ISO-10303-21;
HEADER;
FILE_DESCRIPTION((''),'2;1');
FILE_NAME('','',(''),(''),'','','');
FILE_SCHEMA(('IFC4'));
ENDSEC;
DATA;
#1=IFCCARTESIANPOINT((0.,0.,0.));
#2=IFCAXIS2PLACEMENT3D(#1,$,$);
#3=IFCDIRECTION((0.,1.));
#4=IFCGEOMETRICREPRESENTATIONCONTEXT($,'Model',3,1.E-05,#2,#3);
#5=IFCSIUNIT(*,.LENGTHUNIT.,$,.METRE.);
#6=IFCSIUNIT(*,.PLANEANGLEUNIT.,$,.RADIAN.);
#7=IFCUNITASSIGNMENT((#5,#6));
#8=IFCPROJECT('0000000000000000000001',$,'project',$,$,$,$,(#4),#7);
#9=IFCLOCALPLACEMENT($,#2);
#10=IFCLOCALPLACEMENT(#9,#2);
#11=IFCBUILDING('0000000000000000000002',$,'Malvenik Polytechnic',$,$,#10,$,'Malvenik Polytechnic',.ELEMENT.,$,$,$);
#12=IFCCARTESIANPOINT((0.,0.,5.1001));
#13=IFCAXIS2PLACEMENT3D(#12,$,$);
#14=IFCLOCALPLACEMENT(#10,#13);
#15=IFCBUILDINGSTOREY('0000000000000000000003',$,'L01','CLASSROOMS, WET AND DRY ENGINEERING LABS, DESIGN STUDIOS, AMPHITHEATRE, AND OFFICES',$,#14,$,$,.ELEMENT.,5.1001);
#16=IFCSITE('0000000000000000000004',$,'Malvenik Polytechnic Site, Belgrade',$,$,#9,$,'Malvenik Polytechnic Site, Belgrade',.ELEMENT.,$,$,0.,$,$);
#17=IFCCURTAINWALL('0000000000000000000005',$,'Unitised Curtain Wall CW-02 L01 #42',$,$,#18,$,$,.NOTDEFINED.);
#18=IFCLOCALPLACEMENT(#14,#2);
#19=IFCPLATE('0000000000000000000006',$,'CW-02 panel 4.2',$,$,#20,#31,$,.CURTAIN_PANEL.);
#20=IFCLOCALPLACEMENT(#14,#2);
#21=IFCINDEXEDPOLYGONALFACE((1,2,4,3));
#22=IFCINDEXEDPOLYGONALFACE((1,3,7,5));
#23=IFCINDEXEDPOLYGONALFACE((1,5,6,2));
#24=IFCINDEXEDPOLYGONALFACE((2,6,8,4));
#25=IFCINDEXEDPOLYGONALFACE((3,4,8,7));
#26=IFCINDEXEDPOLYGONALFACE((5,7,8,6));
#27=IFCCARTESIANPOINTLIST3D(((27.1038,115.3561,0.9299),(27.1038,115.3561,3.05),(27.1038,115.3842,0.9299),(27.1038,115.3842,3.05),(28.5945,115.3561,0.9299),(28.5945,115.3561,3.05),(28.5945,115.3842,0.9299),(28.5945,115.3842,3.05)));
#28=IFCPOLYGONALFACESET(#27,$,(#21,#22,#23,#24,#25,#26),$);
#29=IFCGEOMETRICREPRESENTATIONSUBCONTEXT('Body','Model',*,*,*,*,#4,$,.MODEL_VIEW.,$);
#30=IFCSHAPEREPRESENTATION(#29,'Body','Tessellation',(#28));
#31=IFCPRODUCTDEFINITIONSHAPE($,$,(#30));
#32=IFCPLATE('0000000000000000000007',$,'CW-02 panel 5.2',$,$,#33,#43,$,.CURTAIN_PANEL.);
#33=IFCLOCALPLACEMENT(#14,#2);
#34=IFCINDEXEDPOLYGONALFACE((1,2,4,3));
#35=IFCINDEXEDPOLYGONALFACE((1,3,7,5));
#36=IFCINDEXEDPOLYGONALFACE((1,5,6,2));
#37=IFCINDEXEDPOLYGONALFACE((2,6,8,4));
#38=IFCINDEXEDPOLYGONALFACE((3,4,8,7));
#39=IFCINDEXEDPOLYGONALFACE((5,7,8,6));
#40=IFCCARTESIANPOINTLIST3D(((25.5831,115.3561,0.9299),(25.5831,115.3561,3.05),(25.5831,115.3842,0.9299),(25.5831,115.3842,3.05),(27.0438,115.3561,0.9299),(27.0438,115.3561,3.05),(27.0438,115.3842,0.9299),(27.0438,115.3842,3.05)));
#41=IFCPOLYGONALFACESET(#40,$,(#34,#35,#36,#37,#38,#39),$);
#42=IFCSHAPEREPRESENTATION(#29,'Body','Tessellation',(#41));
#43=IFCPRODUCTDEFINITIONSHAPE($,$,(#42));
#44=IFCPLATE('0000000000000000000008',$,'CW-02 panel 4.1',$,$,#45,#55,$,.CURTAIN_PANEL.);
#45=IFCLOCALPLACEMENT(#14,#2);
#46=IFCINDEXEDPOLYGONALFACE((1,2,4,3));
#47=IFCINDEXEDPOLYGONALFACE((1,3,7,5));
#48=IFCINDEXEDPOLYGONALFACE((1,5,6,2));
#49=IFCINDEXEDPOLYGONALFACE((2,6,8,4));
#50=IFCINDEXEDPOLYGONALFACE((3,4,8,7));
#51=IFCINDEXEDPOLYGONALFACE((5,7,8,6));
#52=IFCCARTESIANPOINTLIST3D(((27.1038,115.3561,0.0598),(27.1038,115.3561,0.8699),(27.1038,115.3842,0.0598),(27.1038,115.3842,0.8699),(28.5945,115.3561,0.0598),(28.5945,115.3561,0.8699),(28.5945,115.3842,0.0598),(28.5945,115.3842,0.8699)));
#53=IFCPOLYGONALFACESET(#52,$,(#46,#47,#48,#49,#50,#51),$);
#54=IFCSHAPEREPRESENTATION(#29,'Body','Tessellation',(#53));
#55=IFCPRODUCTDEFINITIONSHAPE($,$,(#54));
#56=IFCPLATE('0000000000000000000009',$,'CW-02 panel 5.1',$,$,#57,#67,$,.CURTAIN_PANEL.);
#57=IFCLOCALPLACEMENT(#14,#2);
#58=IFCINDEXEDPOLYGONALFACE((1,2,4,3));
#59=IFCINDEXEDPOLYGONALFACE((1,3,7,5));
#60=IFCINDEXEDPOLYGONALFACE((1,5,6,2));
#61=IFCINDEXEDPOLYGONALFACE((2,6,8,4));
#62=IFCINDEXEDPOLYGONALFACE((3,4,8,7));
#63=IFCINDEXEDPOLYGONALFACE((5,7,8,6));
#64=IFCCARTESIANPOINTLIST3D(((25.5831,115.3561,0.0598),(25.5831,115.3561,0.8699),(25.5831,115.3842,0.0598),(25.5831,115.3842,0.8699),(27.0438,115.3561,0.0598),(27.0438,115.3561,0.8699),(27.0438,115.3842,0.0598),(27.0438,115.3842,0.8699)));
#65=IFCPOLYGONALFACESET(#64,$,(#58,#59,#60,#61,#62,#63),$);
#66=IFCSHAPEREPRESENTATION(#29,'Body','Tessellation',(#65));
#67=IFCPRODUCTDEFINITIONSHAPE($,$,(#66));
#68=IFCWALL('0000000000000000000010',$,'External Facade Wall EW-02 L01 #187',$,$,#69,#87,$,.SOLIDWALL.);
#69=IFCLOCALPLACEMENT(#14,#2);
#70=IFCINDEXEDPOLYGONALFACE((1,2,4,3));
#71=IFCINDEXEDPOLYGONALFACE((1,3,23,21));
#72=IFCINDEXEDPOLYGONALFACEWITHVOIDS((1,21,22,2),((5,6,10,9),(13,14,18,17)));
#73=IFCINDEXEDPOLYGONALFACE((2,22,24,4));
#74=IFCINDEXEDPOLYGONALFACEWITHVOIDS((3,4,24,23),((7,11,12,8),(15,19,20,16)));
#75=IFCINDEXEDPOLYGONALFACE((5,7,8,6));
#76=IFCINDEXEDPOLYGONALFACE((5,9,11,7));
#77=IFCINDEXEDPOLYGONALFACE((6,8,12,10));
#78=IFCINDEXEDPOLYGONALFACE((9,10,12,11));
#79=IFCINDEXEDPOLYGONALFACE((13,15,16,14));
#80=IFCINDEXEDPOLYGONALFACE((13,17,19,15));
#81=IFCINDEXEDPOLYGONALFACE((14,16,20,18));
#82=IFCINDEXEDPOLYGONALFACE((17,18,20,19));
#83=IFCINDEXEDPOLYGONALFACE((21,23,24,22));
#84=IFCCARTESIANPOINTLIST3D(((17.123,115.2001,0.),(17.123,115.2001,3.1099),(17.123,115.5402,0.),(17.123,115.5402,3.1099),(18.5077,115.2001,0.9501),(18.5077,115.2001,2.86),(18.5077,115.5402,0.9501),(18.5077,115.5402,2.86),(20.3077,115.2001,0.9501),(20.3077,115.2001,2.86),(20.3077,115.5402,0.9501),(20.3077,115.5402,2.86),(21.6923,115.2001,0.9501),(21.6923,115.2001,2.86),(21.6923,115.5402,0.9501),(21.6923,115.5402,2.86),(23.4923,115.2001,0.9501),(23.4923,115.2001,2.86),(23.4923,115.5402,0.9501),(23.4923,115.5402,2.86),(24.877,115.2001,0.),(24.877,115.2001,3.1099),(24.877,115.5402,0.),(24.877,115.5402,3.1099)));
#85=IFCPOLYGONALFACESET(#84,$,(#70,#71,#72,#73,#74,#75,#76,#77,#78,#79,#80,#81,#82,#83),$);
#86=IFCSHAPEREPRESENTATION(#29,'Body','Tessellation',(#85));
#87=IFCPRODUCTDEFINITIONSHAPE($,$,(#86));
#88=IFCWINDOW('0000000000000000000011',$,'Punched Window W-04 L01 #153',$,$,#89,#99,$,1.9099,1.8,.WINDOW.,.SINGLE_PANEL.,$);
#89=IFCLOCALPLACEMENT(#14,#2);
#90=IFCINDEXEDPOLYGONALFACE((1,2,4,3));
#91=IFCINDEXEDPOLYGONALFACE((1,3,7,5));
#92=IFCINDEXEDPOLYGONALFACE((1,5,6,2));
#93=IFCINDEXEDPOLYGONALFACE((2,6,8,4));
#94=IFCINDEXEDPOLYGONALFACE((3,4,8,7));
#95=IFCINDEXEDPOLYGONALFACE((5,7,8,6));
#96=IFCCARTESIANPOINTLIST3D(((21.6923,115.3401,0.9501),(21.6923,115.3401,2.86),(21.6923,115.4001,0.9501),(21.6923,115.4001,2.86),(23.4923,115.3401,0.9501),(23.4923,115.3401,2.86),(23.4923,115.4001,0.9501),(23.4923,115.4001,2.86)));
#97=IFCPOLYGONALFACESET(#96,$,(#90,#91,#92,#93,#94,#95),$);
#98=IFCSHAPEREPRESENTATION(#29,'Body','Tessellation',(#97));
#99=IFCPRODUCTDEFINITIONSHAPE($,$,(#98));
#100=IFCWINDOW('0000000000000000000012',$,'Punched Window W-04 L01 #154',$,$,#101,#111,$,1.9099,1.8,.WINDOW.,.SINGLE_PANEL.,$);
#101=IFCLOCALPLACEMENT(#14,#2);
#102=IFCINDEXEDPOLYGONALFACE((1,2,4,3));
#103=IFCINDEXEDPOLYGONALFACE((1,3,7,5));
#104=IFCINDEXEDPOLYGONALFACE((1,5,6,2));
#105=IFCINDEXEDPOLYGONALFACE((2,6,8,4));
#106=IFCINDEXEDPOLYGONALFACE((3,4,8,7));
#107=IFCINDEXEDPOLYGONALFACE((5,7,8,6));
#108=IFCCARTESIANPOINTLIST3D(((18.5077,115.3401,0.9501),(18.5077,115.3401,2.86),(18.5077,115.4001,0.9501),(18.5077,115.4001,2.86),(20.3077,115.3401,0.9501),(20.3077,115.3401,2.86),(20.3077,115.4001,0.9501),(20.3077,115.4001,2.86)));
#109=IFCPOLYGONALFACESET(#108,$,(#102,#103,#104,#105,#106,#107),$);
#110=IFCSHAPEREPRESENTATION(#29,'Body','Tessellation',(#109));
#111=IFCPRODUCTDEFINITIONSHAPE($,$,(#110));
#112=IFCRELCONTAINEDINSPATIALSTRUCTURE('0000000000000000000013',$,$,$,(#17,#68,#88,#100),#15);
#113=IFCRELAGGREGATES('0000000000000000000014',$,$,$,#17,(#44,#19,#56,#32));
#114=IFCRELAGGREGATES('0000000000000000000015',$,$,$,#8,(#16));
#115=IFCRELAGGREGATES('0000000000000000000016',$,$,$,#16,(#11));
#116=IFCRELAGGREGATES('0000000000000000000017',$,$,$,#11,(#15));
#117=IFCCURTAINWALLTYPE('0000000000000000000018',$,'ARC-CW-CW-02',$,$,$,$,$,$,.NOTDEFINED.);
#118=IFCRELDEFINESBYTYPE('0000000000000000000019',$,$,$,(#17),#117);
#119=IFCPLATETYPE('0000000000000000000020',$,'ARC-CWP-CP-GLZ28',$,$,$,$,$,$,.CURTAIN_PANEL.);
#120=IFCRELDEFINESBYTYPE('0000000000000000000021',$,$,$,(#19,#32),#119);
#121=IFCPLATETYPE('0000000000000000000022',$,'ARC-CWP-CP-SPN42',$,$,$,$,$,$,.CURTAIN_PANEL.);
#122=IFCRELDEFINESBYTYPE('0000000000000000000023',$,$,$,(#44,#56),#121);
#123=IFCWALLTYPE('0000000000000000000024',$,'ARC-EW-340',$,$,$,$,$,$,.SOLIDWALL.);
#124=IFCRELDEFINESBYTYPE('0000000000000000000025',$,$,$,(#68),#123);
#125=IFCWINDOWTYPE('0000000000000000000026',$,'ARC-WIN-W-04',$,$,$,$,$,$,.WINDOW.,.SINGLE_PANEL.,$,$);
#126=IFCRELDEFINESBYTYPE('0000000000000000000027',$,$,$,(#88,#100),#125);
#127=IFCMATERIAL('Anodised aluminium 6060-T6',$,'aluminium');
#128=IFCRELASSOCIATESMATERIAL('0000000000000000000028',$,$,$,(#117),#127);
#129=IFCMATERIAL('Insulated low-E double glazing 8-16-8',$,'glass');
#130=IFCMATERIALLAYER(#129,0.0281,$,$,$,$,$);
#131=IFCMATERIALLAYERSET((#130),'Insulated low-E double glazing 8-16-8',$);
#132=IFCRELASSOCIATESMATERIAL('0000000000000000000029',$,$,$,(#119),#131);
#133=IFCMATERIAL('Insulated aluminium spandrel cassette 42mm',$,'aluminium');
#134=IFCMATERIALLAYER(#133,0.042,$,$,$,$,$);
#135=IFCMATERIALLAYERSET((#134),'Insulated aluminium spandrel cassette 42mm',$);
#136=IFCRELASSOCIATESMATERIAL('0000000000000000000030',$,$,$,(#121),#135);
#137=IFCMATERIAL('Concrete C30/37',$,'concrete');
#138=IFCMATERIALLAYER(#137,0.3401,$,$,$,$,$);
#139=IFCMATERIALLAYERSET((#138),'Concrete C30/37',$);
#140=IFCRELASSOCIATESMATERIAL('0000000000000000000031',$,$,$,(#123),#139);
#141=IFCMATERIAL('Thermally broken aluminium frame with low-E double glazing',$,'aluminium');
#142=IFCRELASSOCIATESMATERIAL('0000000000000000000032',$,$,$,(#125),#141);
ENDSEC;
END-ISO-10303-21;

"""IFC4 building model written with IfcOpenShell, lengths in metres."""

from ifc_helpers import new_model, si_unit, direction, frame, frame_2d, origin, origin_2d, place, context, subcontext, project, spatial, rectangle, extrude, material, layer, layer_set, type_object, element, fill, aggregate, save


model = new_model("IFC4")

# Units and contexts
model_context = context("Model", 3, precision=1e-05, world=origin(), true_north=direction((0.0, 1.0)))
body_context = subcontext(model_context, "Body", "Model", "MODEL_VIEW")
ifc_project = project(units=[si_unit("LENGTHUNIT", "METRE"), si_unit("PLANEANGLEUNIT", "RADIAN")], contexts=[model_context])

# Site, building, storey
site_placement = place(None, origin())
site = spatial("IfcSite", under=ifc_project, at=site_placement, Name="Malvenik Polytechnic Site, Belgrade", LongName="Malvenik Polytechnic Site, Belgrade", CompositionType="ELEMENT", RefElevation=0.0)
building_placement = place(site_placement, origin())
building = spatial("IfcBuilding", under=site, at=building_placement, Name="Malvenik Polytechnic", LongName="Malvenik Polytechnic", CompositionType="ELEMENT")
storey_placement = place(building_placement, frame((0.0, 0.0, 5.1001)))
storey = spatial("IfcBuildingStorey", under=building, at=storey_placement, Name="L01", Description="CLASSROOMS, WET AND DRY ENGINEERING LABS, DESIGN STUDIOS, AMPHITHEATRE, AND OFFICES", CompositionType="ELEMENT", Elevation=5.1001)

# Curtain wall
ifc_material_1 = material(Name="Anodised aluminium 6060-T6", Category="aluminium")
curtain_wall_type = type_object("IfcCurtainWallType", Name="ARC-CW-CW-02", PredefinedType="NOTDEFINED", material=ifc_material_1)
curtain_wall_placement = place(storey_placement, origin())
curtain_wall = element("IfcCurtainWall", 1, at=curtain_wall_placement, inside=storey, type_object=curtain_wall_type, Name="Unitised Curtain Wall CW-02 L01 #42", PredefinedType="NOTDEFINED")

# Plates
ifc_material_2 = material(Name="Insulated low-E double glazing 8-16-8", Category="glass")
ifc_layer_1 = layer(ifc_material_2, 0.0281)
ifc_layer_set_1 = layer_set([ifc_layer_1], Name="Insulated low-E double glazing 8-16-8")
plate_type_1 = type_object("IfcPlateType", Name="ARC-CWP-CP-GLZ28", PredefinedType="CURTAIN_PANEL", material=ifc_layer_set_1)
plate_1_placement = place(storey_placement, frame((27.8491, 115.3701, 0.9299), z_axis=(0.0, 0.0, 1.0), x_axis=(-1.0, 0.0, 0.0)))
plate_1 = element("IfcPlate", 2, at=plate_1_placement, type_object=plate_type_1, Name="CW-02 panel 4.2", PredefinedType="CURTAIN_PANEL", context=body_context, shape_type="SweptSolid", body=[
    extrude(rectangle(XDim=1.4907, YDim=0.0281, at=origin_2d()), origin(), (0.0, 0.0, 1.0), 2.1201),
])
plate_2_placement = place(storey_placement, frame((26.3135, 115.3701, 0.9299), z_axis=(0.0, 0.0, 1.0), x_axis=(-1.0, 0.0, 0.0)))
plate_2 = element("IfcPlate", 3, at=plate_2_placement, type_object=plate_type_1, Name="CW-02 panel 5.2", PredefinedType="CURTAIN_PANEL", context=body_context, shape_type="SweptSolid", body=[
    extrude(rectangle(XDim=1.4607, YDim=0.0281, at=origin_2d()), origin(), (0.0, 0.0, 1.0), 2.1201),
])
ifc_material_3 = material(Name="Insulated aluminium spandrel cassette 42mm", Category="aluminium")
ifc_layer_2 = layer(ifc_material_3, 0.042)
ifc_layer_set_2 = layer_set([ifc_layer_2], Name="Insulated aluminium spandrel cassette 42mm")
plate_type_2 = type_object("IfcPlateType", Name="ARC-CWP-CP-SPN42", PredefinedType="CURTAIN_PANEL", material=ifc_layer_set_2)
plate_3_placement = place(storey_placement, frame((27.8491, 115.3701, 0.0598), z_axis=(0.0, 0.0, 1.0), x_axis=(-1.0, 0.0, 0.0)))
plate_3 = element("IfcPlate", 4, at=plate_3_placement, type_object=plate_type_2, Name="CW-02 panel 4.1", PredefinedType="CURTAIN_PANEL", context=body_context, shape_type="SweptSolid", body=[
    extrude(rectangle(XDim=1.4907, YDim=0.0281, at=origin_2d()), origin(), (0.0, 0.0, 1.0), 0.8101),
])
plate_4_placement = place(storey_placement, frame((26.3135, 115.3701, 0.0598), z_axis=(0.0, 0.0, 1.0), x_axis=(-1.0, 0.0, 0.0)))
plate_4 = element("IfcPlate", 5, at=plate_4_placement, type_object=plate_type_2, Name="CW-02 panel 5.1", PredefinedType="CURTAIN_PANEL", context=body_context, shape_type="SweptSolid", body=[
    extrude(rectangle(XDim=1.4607, YDim=0.0281, at=origin_2d()), origin(), (0.0, 0.0, 1.0), 0.8101),
])
aggregate(curtain_wall, [plate_3, plate_1, plate_4, plate_2])

# Wall, openings, windows
ifc_material_4 = material(Name="Concrete C30/37", Category="concrete")
ifc_layer_3 = layer(ifc_material_4, 0.3401)
ifc_layer_set_3 = layer_set([ifc_layer_3], Name="Concrete C30/37")
wall_type = type_object("IfcWallType", Name="ARC-EW-340", PredefinedType="SOLIDWALL", material=ifc_layer_set_3)
wall_placement = place(storey_placement, frame((24.877, 115.3701, 0.0), z_axis=(0.0, 0.0, 1.0), x_axis=(-1.0, 0.0, 0.0)))
wall = element("IfcWall", 6, at=wall_placement, inside=storey, type_object=wall_type, Name="External Facade Wall EW-02 L01 #187", PredefinedType="SOLIDWALL", context=body_context, shape_type="SweptSolid", body=[
    extrude(rectangle(XDim=7.7539, YDim=0.3401, at=frame_2d((3.877, 0.0))), origin(), (0.0, 0.0, 1.0), 3.1099),
])
opening_1_placement = place(wall_placement, frame((1.3848, 0.0, 0.95)))
opening_1 = element("IfcOpeningElement", 7, at=opening_1_placement, cuts=wall, PredefinedType="OPENING", context=body_context, shape_type="SweptSolid", body=[
    extrude(rectangle(XDim=1.8, YDim=1.9099, at=frame_2d((0.8999, 0.9551))), frame((0.0, 0.1802, 0.0), z_axis=(0.0, -1.0, 0.0), x_axis=(1.0, 0.0, 0.0)), (0.0, 0.0, 1.0), 0.3601),
])
opening_2_placement = place(wall_placement, frame((4.5693, 0.0, 0.95)))
opening_2 = element("IfcOpeningElement", 8, at=opening_2_placement, cuts=wall, PredefinedType="OPENING", context=body_context, shape_type="SweptSolid", body=[
    extrude(rectangle(XDim=1.8, YDim=1.9099, at=frame_2d((0.8999, 0.9551))), frame((0.0, 0.1802, 0.0), z_axis=(0.0, -1.0, 0.0), x_axis=(1.0, 0.0, 0.0)), (0.0, 0.0, 1.0), 0.3601),
])
ifc_material_5 = material(Name="Thermally broken aluminium frame with low-E double glazing", Category="aluminium")
window_type = type_object("IfcWindowType", Name="ARC-WIN-W-04", PartitioningType="SINGLE_PANEL", PredefinedType="WINDOW", material=ifc_material_5)
window_1_placement = place(opening_1_placement, origin())
window_1 = element("IfcWindow", 9, at=window_1_placement, inside=storey, type_object=window_type, Name="Punched Window W-04 L01 #153", OverallHeight=1.9099, OverallWidth=1.8, PartitioningType="SINGLE_PANEL", PredefinedType="WINDOW", context=body_context, shape_type="SweptSolid", body=[
    extrude(rectangle(XDim=1.8, YDim=1.9099, at=frame_2d((0.8999, 0.9551))), frame((0.0, 0.03, 0.0), z_axis=(0.0, -1.0, 0.0), x_axis=(1.0, 0.0, 0.0)), (0.0, 0.0, 1.0), 0.0601),
])
fill(opening_1, window_1)
window_2_placement = place(opening_2_placement, origin())
window_2 = element("IfcWindow", 10, at=window_2_placement, inside=storey, type_object=window_type, Name="Punched Window W-04 L01 #154", OverallHeight=1.9099, OverallWidth=1.8, PartitioningType="SINGLE_PANEL", PredefinedType="WINDOW", context=body_context, shape_type="SweptSolid", body=[
    extrude(rectangle(XDim=1.8, YDim=1.9099, at=frame_2d((0.8999, 0.9551))), frame((0.0, 0.03, 0.0), z_axis=(0.0, -1.0, 0.0), x_axis=(1.0, 0.0, 0.0)), (0.0, 0.0, 1.0), 0.0601),
])
fill(opening_2, window_2)

save(model, "model.ifc")
